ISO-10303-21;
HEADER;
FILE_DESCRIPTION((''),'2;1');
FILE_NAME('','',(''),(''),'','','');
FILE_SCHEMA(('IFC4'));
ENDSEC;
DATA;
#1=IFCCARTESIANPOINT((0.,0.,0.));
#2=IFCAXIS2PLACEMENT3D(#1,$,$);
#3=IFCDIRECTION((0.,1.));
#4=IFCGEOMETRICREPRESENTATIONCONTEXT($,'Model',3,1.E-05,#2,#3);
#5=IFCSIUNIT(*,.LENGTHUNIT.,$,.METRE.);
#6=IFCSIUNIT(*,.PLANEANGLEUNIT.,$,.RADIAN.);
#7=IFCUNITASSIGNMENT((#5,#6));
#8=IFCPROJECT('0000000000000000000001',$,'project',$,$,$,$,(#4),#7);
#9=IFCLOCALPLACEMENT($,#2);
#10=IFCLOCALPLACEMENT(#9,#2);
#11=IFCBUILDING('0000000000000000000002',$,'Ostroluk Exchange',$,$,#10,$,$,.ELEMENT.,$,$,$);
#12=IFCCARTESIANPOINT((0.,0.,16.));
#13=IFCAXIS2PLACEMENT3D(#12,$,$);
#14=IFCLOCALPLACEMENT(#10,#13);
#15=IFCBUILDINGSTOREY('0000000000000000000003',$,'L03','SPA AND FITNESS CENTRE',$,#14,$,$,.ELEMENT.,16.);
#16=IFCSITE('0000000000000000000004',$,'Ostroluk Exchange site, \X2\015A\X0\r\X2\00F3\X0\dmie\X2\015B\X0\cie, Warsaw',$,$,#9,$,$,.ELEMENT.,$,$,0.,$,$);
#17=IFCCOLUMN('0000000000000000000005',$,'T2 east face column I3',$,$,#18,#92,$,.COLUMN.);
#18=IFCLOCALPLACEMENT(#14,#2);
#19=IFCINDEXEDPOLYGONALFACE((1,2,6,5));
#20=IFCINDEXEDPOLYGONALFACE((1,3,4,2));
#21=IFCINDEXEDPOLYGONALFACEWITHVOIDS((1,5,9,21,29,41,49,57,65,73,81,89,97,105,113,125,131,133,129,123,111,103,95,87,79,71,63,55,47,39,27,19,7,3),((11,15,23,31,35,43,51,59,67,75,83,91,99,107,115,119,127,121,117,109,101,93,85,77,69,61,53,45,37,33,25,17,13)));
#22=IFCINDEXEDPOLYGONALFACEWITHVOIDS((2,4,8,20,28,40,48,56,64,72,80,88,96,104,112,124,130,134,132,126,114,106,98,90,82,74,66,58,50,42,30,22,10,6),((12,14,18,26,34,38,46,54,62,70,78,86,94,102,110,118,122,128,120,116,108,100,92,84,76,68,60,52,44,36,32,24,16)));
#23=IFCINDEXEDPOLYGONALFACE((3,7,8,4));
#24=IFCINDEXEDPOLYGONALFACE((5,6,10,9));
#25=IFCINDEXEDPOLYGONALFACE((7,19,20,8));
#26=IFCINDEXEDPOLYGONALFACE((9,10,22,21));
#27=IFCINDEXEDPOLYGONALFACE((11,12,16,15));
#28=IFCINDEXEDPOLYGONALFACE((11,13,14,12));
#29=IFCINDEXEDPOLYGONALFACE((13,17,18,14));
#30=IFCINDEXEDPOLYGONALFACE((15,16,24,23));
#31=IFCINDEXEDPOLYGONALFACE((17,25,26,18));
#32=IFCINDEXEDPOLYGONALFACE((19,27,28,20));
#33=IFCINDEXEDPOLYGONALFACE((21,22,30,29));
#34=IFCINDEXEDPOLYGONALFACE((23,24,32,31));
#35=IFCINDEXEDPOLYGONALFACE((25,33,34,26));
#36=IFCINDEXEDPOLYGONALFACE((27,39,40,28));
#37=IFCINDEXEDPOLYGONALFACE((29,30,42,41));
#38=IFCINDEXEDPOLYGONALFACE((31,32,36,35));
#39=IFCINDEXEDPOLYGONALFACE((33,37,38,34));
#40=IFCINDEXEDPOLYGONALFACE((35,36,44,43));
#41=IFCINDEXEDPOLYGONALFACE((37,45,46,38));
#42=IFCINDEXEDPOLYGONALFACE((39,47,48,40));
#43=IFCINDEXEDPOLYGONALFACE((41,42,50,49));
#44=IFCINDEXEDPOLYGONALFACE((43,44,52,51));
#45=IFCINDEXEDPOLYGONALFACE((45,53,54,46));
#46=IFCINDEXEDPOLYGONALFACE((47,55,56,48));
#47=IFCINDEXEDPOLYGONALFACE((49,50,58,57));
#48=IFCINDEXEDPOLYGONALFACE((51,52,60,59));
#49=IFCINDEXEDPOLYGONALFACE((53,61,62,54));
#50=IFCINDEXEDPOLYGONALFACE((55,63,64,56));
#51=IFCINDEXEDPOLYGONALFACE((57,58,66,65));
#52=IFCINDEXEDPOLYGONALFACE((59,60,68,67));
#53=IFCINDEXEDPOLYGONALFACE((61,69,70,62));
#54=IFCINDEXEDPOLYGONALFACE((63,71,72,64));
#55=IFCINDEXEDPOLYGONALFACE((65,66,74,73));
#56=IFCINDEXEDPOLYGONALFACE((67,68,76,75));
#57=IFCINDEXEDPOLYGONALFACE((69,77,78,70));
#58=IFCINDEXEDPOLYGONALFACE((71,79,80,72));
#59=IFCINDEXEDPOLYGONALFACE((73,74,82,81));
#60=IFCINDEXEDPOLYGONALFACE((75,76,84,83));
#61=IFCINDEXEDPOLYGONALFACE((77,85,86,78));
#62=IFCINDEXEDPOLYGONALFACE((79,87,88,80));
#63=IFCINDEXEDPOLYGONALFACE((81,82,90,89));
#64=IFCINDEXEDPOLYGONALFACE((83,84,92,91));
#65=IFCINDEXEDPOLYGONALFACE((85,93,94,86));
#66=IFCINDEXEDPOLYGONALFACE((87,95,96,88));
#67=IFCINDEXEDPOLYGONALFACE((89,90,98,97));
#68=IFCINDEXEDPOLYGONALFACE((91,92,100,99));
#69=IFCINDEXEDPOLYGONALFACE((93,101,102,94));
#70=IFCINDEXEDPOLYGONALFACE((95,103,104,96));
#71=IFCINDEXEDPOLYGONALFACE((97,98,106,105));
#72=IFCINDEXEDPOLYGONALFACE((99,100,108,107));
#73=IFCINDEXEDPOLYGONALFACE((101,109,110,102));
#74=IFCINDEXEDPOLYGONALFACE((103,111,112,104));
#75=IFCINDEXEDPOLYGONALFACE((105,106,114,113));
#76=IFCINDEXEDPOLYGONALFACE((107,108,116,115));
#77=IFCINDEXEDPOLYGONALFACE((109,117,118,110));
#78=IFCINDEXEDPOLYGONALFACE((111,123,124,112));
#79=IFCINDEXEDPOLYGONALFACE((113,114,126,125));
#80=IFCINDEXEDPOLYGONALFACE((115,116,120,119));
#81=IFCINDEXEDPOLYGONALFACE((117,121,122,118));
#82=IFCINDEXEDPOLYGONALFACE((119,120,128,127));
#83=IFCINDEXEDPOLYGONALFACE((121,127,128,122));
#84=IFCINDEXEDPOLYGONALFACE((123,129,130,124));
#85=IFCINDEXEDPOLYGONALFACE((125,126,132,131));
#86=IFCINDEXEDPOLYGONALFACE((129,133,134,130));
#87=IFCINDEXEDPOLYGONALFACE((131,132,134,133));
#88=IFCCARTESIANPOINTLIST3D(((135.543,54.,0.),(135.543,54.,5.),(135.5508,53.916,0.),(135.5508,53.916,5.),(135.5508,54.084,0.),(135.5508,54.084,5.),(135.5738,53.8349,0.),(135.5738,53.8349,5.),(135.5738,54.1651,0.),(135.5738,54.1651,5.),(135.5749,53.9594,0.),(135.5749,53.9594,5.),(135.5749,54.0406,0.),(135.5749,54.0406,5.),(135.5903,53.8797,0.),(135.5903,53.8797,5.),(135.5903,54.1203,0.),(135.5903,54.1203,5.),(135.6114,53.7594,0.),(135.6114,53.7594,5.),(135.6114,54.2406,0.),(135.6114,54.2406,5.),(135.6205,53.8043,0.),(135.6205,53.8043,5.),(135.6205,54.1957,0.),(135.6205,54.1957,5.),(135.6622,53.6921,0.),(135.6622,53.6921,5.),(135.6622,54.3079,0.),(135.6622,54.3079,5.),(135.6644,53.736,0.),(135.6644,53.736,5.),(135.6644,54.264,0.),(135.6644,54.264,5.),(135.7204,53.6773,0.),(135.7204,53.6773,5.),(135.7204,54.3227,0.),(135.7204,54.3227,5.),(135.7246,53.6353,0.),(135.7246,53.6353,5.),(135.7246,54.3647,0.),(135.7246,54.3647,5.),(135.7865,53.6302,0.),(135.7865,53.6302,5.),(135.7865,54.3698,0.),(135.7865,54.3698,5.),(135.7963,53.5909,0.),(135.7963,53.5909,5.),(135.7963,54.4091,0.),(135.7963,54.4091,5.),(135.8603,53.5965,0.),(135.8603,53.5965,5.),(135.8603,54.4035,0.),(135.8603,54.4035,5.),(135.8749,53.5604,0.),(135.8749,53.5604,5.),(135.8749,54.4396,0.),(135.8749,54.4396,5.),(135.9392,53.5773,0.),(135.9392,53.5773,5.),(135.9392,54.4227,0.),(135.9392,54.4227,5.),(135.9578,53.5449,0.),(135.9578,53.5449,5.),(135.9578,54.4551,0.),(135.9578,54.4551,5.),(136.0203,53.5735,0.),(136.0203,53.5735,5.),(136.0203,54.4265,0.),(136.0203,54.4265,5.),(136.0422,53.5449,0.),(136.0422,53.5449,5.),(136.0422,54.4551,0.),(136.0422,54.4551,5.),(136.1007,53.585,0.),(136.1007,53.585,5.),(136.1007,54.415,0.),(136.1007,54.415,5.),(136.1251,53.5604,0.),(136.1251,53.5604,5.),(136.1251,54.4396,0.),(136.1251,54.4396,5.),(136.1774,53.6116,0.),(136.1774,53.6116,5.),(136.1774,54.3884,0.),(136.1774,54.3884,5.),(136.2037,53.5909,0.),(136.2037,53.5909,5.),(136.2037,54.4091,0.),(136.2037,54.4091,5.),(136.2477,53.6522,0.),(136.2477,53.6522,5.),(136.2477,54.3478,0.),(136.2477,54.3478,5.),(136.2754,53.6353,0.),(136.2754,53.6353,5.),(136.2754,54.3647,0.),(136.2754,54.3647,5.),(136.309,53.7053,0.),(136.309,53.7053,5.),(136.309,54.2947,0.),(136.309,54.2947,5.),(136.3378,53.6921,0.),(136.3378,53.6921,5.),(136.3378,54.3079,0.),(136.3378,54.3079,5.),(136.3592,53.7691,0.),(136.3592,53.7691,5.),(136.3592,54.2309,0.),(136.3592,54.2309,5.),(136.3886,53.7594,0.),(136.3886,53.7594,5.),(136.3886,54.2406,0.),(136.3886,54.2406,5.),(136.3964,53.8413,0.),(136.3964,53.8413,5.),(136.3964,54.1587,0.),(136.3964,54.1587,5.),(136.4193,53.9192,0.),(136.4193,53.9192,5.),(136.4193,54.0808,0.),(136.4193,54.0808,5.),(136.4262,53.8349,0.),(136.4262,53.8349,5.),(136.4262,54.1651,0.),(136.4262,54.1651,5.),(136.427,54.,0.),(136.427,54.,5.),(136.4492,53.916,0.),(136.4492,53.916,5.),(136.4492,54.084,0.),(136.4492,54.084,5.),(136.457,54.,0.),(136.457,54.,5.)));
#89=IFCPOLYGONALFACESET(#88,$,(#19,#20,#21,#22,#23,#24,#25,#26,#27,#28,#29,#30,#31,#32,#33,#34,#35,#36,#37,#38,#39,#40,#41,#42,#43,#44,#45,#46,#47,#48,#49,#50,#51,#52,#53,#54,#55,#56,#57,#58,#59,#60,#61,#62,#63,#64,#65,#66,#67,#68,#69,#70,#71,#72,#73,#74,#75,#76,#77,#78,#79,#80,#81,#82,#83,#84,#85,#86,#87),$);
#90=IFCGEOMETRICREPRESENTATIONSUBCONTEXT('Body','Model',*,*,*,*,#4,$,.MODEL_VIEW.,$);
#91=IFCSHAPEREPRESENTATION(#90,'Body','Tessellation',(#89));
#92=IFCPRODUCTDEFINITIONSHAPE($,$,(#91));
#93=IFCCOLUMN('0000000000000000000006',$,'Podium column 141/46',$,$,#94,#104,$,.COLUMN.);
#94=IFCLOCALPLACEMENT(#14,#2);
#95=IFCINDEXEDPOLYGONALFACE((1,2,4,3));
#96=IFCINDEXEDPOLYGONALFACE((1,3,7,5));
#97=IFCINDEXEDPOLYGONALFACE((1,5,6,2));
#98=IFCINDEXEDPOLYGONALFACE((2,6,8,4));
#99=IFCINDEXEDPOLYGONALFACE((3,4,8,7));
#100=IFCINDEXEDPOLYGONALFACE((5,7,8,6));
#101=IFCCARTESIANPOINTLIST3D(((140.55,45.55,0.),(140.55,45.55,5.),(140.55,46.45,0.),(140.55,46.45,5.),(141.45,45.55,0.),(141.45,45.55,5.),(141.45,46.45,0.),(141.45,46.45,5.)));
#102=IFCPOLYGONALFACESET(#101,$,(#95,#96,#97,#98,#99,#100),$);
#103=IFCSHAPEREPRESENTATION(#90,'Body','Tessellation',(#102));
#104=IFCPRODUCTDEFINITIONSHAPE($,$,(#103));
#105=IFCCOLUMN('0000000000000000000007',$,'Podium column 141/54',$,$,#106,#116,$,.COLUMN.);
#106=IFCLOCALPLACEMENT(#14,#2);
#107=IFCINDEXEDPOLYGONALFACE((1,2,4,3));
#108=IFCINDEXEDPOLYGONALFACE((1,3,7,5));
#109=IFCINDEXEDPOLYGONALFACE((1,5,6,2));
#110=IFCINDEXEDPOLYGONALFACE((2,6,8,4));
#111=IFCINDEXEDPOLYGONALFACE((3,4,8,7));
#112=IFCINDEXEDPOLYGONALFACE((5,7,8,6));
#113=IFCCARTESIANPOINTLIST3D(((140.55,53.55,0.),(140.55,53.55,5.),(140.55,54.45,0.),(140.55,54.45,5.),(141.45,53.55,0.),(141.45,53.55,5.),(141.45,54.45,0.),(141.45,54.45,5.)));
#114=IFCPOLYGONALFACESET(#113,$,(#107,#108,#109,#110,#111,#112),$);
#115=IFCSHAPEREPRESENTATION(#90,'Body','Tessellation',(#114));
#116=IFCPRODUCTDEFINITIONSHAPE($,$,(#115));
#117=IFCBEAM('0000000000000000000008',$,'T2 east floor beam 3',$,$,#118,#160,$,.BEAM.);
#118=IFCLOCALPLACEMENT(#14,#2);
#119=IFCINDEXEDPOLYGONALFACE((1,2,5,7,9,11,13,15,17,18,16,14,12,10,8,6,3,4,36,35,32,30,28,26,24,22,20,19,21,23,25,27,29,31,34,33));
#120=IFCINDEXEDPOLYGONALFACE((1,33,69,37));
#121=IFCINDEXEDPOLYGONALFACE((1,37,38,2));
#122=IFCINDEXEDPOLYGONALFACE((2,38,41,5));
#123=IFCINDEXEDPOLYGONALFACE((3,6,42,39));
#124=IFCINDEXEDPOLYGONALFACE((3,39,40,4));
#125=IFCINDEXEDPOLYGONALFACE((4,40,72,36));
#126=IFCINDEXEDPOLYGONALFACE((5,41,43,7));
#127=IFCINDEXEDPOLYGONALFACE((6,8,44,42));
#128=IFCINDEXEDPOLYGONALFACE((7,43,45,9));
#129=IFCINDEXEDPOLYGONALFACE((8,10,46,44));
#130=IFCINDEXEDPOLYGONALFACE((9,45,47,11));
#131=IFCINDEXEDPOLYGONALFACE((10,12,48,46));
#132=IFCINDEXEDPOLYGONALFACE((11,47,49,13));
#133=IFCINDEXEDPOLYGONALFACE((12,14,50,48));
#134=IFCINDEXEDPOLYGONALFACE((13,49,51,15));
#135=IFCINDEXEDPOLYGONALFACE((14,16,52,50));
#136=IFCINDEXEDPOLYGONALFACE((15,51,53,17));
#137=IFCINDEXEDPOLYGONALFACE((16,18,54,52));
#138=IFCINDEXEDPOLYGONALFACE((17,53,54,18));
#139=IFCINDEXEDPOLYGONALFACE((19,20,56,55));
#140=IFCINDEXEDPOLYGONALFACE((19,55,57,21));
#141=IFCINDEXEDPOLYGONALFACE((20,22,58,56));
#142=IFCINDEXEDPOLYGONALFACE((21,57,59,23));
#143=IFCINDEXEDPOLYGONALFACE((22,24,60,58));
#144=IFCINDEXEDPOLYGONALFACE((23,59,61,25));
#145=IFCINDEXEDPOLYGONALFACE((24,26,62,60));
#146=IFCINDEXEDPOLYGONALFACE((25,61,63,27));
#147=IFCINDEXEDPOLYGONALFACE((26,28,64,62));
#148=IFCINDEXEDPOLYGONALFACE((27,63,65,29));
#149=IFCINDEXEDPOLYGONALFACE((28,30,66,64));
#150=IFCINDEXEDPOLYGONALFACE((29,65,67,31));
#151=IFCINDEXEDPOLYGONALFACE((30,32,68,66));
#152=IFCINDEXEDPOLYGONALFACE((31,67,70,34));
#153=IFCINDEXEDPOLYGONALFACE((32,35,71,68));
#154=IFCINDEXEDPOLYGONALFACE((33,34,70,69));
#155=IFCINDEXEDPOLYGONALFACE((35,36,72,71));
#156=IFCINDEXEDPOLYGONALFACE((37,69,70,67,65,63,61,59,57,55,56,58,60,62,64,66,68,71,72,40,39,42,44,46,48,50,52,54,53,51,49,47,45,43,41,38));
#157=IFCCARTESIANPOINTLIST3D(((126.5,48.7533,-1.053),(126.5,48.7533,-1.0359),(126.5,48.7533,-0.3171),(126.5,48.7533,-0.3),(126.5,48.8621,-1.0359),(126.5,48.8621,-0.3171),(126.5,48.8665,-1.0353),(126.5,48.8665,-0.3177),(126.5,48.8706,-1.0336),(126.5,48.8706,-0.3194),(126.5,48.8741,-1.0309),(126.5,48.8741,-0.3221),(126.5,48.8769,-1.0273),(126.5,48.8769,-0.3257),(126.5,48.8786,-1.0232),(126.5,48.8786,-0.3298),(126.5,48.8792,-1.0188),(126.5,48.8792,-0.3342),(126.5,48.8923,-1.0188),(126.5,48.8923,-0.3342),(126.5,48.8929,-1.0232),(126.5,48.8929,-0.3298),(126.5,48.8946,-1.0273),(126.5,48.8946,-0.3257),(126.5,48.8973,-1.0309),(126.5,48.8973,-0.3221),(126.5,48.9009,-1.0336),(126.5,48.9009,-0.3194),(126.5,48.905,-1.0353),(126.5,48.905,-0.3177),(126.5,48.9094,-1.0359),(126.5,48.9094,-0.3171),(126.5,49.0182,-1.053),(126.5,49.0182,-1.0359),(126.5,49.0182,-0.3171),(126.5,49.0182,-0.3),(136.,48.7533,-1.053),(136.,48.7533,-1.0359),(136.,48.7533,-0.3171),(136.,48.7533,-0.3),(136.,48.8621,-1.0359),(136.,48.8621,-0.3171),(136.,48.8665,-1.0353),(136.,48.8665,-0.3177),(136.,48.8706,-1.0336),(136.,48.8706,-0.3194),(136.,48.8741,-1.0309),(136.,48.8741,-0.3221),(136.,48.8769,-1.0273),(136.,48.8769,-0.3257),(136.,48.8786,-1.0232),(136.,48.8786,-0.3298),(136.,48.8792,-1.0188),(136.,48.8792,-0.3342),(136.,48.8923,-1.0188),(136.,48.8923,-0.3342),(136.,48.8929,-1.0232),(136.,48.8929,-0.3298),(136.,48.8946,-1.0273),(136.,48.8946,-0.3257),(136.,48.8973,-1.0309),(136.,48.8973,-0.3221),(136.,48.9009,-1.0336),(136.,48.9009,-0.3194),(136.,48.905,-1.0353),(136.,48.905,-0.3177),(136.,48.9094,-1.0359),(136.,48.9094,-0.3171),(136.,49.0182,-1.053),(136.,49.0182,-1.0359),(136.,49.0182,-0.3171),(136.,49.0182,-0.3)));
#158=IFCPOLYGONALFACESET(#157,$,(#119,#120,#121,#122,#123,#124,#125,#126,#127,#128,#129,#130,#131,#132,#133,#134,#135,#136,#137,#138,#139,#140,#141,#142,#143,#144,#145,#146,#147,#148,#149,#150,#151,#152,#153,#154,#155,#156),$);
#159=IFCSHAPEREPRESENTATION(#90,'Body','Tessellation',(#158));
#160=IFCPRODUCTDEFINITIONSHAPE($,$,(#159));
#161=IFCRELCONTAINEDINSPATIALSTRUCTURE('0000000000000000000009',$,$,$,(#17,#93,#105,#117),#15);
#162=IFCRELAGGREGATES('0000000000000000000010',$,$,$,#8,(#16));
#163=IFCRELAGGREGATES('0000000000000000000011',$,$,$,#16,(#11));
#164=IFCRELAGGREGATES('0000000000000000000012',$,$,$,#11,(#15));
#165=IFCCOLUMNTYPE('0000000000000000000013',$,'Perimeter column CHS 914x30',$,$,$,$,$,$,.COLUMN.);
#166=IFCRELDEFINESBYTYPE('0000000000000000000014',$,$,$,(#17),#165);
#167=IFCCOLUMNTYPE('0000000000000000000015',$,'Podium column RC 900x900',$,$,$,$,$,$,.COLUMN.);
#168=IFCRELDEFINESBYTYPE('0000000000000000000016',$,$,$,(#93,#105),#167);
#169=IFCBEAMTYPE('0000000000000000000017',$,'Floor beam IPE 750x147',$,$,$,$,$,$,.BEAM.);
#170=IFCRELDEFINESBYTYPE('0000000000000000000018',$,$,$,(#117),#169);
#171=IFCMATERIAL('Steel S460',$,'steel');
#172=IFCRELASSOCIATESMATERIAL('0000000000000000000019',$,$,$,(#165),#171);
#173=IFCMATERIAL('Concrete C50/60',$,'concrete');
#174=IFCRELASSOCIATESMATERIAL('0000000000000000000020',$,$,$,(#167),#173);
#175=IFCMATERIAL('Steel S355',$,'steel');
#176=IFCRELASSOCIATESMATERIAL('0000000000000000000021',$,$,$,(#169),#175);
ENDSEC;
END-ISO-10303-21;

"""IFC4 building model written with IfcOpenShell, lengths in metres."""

from ifc_helpers import new_model, si_unit, direction, frame, origin, origin_2d, place, context, subcontext, project, spatial, rectangle, hollow_circle, i_section, extrude, material, material_profile, profile_set, type_object, element, save


model = new_model("IFC4")

# Units and contexts
model_context = context("Model", 3, precision=1e-05, world=origin(), true_north=direction((0.0, 1.0)))
body_context = subcontext(model_context, "Body", "Model", "MODEL_VIEW")
ifc_project = project(units=[si_unit("LENGTHUNIT", "METRE"), si_unit("PLANEANGLEUNIT", "RADIAN")], contexts=[model_context])

# Site, building, storey
site_placement = place(None, origin())
site = spatial("IfcSite", under=ifc_project, at=site_placement, Name="Ostroluk Exchange site, Śródmieście, Warsaw", CompositionType="ELEMENT", RefElevation=0.0)
building_placement = place(site_placement, origin())
building = spatial("IfcBuilding", under=site, at=building_placement, Name="Ostroluk Exchange", CompositionType="ELEMENT")
storey_placement = place(building_placement, frame((0.0, 0.0, 16.0)))
storey = spatial("IfcBuildingStorey", under=building, at=storey_placement, Name="L03", Description="SPA AND FITNESS CENTRE", CompositionType="ELEMENT", Elevation=16.0)

# Columns
ifc_material_1 = material(Name="Steel S460", Category="steel")
ifc_material_profile_1 = material_profile(ifc_material_1, hollow_circle(Radius=0.457, WallThickness=0.03, at=origin_2d()), Name="CHS 914x30")
ifc_profile_set_1 = profile_set([ifc_material_profile_1], Name="Steel S460")
column_type_1 = type_object("IfcColumnType", Name="Perimeter column CHS 914x30", PredefinedType="COLUMN", material=ifc_profile_set_1)
column_placement = place(storey_placement, frame((136.0, 54.0, 0.0), z_axis=(0.0, 0.0, 1.0), x_axis=(1.0, 0.0, 0.0)))
element("IfcColumn", 1, at=column_placement, inside=storey, type_object=column_type_1, Name="T2 east face column I3", PredefinedType="COLUMN", context=body_context, shape_type="SweptSolid", body=[
    extrude(hollow_circle(Radius=0.457, WallThickness=0.03, at=origin_2d()), origin(), (0.0, 0.0, 1.0), 5.0),
])
ifc_material_2 = material(Name="Concrete C50/60", Category="concrete")
ifc_material_profile_2 = material_profile(ifc_material_2, rectangle(XDim=0.8999, YDim=0.8999, at=origin_2d()), Name="RC 900x900")
ifc_profile_set_2 = profile_set([ifc_material_profile_2], Name="Concrete C50/60")
column_type_2 = type_object("IfcColumnType", Name="Podium column RC 900x900", PredefinedType="COLUMN", material=ifc_profile_set_2)
for number, where, z_axis, x_axis, name in (
    (2, (141.0, 46.0, 0.0), (0.0, 0.0, 1.0), (1.0, 0.0, 0.0), "Podium column 141/46"),
    (3, (141.0, 54.0, 0.0), (0.0, 0.0, 1.0), (1.0, 0.0, 0.0), "Podium column 141/54"),
):
    element("IfcColumn", number, at=place(storey_placement, frame(where, z_axis=z_axis, x_axis=x_axis)), inside=storey, type_object=column_type_2, Name=name, PredefinedType="COLUMN", context=body_context, shape_type="SweptSolid", body=[
        extrude(rectangle(XDim=0.8999, YDim=0.8999, at=origin_2d()), origin(), (0.0, 0.0, 1.0), 5.0),
    ])

# Beam
ifc_material_3 = material(Name="Steel S355", Category="steel")
ifc_material_profile_3 = material_profile(ifc_material_3, i_section(OverallWidth=0.2649, OverallDepth=0.7529, WebThickness=0.0132, FlangeThickness=0.0171, FilletRadius=0.0171, at=origin_2d()), Name="IPE 750x147")
ifc_profile_set_3 = profile_set([ifc_material_profile_3], Name="Steel S355")
beam_type_1 = type_object("IfcBeamType", Name="Floor beam IPE 750x147", PredefinedType="BEAM", material=ifc_profile_set_3)
for number, where, z_axis, x_axis, name in (
    (4, (126.5, 48.8857, -0.6765), (1.0, 0.0, 0.0), (0.0, 1.0, 0.0), "T2 east floor beam 3"),
):
    element("IfcBeam", number, at=place(storey_placement, frame(where, z_axis=z_axis, x_axis=x_axis)), inside=storey, type_object=beam_type_1, Name=name, PredefinedType="BEAM", context=body_context, shape_type="SweptSolid", body=[
        extrude(i_section(OverallWidth=0.2649, OverallDepth=0.7529, WebThickness=0.0132, FlangeThickness=0.0171, FilletRadius=0.0171, at=origin_2d()), origin(), (0.0, 0.0, 1.0), 9.5),
    ])

save(model, "model.ifc")
